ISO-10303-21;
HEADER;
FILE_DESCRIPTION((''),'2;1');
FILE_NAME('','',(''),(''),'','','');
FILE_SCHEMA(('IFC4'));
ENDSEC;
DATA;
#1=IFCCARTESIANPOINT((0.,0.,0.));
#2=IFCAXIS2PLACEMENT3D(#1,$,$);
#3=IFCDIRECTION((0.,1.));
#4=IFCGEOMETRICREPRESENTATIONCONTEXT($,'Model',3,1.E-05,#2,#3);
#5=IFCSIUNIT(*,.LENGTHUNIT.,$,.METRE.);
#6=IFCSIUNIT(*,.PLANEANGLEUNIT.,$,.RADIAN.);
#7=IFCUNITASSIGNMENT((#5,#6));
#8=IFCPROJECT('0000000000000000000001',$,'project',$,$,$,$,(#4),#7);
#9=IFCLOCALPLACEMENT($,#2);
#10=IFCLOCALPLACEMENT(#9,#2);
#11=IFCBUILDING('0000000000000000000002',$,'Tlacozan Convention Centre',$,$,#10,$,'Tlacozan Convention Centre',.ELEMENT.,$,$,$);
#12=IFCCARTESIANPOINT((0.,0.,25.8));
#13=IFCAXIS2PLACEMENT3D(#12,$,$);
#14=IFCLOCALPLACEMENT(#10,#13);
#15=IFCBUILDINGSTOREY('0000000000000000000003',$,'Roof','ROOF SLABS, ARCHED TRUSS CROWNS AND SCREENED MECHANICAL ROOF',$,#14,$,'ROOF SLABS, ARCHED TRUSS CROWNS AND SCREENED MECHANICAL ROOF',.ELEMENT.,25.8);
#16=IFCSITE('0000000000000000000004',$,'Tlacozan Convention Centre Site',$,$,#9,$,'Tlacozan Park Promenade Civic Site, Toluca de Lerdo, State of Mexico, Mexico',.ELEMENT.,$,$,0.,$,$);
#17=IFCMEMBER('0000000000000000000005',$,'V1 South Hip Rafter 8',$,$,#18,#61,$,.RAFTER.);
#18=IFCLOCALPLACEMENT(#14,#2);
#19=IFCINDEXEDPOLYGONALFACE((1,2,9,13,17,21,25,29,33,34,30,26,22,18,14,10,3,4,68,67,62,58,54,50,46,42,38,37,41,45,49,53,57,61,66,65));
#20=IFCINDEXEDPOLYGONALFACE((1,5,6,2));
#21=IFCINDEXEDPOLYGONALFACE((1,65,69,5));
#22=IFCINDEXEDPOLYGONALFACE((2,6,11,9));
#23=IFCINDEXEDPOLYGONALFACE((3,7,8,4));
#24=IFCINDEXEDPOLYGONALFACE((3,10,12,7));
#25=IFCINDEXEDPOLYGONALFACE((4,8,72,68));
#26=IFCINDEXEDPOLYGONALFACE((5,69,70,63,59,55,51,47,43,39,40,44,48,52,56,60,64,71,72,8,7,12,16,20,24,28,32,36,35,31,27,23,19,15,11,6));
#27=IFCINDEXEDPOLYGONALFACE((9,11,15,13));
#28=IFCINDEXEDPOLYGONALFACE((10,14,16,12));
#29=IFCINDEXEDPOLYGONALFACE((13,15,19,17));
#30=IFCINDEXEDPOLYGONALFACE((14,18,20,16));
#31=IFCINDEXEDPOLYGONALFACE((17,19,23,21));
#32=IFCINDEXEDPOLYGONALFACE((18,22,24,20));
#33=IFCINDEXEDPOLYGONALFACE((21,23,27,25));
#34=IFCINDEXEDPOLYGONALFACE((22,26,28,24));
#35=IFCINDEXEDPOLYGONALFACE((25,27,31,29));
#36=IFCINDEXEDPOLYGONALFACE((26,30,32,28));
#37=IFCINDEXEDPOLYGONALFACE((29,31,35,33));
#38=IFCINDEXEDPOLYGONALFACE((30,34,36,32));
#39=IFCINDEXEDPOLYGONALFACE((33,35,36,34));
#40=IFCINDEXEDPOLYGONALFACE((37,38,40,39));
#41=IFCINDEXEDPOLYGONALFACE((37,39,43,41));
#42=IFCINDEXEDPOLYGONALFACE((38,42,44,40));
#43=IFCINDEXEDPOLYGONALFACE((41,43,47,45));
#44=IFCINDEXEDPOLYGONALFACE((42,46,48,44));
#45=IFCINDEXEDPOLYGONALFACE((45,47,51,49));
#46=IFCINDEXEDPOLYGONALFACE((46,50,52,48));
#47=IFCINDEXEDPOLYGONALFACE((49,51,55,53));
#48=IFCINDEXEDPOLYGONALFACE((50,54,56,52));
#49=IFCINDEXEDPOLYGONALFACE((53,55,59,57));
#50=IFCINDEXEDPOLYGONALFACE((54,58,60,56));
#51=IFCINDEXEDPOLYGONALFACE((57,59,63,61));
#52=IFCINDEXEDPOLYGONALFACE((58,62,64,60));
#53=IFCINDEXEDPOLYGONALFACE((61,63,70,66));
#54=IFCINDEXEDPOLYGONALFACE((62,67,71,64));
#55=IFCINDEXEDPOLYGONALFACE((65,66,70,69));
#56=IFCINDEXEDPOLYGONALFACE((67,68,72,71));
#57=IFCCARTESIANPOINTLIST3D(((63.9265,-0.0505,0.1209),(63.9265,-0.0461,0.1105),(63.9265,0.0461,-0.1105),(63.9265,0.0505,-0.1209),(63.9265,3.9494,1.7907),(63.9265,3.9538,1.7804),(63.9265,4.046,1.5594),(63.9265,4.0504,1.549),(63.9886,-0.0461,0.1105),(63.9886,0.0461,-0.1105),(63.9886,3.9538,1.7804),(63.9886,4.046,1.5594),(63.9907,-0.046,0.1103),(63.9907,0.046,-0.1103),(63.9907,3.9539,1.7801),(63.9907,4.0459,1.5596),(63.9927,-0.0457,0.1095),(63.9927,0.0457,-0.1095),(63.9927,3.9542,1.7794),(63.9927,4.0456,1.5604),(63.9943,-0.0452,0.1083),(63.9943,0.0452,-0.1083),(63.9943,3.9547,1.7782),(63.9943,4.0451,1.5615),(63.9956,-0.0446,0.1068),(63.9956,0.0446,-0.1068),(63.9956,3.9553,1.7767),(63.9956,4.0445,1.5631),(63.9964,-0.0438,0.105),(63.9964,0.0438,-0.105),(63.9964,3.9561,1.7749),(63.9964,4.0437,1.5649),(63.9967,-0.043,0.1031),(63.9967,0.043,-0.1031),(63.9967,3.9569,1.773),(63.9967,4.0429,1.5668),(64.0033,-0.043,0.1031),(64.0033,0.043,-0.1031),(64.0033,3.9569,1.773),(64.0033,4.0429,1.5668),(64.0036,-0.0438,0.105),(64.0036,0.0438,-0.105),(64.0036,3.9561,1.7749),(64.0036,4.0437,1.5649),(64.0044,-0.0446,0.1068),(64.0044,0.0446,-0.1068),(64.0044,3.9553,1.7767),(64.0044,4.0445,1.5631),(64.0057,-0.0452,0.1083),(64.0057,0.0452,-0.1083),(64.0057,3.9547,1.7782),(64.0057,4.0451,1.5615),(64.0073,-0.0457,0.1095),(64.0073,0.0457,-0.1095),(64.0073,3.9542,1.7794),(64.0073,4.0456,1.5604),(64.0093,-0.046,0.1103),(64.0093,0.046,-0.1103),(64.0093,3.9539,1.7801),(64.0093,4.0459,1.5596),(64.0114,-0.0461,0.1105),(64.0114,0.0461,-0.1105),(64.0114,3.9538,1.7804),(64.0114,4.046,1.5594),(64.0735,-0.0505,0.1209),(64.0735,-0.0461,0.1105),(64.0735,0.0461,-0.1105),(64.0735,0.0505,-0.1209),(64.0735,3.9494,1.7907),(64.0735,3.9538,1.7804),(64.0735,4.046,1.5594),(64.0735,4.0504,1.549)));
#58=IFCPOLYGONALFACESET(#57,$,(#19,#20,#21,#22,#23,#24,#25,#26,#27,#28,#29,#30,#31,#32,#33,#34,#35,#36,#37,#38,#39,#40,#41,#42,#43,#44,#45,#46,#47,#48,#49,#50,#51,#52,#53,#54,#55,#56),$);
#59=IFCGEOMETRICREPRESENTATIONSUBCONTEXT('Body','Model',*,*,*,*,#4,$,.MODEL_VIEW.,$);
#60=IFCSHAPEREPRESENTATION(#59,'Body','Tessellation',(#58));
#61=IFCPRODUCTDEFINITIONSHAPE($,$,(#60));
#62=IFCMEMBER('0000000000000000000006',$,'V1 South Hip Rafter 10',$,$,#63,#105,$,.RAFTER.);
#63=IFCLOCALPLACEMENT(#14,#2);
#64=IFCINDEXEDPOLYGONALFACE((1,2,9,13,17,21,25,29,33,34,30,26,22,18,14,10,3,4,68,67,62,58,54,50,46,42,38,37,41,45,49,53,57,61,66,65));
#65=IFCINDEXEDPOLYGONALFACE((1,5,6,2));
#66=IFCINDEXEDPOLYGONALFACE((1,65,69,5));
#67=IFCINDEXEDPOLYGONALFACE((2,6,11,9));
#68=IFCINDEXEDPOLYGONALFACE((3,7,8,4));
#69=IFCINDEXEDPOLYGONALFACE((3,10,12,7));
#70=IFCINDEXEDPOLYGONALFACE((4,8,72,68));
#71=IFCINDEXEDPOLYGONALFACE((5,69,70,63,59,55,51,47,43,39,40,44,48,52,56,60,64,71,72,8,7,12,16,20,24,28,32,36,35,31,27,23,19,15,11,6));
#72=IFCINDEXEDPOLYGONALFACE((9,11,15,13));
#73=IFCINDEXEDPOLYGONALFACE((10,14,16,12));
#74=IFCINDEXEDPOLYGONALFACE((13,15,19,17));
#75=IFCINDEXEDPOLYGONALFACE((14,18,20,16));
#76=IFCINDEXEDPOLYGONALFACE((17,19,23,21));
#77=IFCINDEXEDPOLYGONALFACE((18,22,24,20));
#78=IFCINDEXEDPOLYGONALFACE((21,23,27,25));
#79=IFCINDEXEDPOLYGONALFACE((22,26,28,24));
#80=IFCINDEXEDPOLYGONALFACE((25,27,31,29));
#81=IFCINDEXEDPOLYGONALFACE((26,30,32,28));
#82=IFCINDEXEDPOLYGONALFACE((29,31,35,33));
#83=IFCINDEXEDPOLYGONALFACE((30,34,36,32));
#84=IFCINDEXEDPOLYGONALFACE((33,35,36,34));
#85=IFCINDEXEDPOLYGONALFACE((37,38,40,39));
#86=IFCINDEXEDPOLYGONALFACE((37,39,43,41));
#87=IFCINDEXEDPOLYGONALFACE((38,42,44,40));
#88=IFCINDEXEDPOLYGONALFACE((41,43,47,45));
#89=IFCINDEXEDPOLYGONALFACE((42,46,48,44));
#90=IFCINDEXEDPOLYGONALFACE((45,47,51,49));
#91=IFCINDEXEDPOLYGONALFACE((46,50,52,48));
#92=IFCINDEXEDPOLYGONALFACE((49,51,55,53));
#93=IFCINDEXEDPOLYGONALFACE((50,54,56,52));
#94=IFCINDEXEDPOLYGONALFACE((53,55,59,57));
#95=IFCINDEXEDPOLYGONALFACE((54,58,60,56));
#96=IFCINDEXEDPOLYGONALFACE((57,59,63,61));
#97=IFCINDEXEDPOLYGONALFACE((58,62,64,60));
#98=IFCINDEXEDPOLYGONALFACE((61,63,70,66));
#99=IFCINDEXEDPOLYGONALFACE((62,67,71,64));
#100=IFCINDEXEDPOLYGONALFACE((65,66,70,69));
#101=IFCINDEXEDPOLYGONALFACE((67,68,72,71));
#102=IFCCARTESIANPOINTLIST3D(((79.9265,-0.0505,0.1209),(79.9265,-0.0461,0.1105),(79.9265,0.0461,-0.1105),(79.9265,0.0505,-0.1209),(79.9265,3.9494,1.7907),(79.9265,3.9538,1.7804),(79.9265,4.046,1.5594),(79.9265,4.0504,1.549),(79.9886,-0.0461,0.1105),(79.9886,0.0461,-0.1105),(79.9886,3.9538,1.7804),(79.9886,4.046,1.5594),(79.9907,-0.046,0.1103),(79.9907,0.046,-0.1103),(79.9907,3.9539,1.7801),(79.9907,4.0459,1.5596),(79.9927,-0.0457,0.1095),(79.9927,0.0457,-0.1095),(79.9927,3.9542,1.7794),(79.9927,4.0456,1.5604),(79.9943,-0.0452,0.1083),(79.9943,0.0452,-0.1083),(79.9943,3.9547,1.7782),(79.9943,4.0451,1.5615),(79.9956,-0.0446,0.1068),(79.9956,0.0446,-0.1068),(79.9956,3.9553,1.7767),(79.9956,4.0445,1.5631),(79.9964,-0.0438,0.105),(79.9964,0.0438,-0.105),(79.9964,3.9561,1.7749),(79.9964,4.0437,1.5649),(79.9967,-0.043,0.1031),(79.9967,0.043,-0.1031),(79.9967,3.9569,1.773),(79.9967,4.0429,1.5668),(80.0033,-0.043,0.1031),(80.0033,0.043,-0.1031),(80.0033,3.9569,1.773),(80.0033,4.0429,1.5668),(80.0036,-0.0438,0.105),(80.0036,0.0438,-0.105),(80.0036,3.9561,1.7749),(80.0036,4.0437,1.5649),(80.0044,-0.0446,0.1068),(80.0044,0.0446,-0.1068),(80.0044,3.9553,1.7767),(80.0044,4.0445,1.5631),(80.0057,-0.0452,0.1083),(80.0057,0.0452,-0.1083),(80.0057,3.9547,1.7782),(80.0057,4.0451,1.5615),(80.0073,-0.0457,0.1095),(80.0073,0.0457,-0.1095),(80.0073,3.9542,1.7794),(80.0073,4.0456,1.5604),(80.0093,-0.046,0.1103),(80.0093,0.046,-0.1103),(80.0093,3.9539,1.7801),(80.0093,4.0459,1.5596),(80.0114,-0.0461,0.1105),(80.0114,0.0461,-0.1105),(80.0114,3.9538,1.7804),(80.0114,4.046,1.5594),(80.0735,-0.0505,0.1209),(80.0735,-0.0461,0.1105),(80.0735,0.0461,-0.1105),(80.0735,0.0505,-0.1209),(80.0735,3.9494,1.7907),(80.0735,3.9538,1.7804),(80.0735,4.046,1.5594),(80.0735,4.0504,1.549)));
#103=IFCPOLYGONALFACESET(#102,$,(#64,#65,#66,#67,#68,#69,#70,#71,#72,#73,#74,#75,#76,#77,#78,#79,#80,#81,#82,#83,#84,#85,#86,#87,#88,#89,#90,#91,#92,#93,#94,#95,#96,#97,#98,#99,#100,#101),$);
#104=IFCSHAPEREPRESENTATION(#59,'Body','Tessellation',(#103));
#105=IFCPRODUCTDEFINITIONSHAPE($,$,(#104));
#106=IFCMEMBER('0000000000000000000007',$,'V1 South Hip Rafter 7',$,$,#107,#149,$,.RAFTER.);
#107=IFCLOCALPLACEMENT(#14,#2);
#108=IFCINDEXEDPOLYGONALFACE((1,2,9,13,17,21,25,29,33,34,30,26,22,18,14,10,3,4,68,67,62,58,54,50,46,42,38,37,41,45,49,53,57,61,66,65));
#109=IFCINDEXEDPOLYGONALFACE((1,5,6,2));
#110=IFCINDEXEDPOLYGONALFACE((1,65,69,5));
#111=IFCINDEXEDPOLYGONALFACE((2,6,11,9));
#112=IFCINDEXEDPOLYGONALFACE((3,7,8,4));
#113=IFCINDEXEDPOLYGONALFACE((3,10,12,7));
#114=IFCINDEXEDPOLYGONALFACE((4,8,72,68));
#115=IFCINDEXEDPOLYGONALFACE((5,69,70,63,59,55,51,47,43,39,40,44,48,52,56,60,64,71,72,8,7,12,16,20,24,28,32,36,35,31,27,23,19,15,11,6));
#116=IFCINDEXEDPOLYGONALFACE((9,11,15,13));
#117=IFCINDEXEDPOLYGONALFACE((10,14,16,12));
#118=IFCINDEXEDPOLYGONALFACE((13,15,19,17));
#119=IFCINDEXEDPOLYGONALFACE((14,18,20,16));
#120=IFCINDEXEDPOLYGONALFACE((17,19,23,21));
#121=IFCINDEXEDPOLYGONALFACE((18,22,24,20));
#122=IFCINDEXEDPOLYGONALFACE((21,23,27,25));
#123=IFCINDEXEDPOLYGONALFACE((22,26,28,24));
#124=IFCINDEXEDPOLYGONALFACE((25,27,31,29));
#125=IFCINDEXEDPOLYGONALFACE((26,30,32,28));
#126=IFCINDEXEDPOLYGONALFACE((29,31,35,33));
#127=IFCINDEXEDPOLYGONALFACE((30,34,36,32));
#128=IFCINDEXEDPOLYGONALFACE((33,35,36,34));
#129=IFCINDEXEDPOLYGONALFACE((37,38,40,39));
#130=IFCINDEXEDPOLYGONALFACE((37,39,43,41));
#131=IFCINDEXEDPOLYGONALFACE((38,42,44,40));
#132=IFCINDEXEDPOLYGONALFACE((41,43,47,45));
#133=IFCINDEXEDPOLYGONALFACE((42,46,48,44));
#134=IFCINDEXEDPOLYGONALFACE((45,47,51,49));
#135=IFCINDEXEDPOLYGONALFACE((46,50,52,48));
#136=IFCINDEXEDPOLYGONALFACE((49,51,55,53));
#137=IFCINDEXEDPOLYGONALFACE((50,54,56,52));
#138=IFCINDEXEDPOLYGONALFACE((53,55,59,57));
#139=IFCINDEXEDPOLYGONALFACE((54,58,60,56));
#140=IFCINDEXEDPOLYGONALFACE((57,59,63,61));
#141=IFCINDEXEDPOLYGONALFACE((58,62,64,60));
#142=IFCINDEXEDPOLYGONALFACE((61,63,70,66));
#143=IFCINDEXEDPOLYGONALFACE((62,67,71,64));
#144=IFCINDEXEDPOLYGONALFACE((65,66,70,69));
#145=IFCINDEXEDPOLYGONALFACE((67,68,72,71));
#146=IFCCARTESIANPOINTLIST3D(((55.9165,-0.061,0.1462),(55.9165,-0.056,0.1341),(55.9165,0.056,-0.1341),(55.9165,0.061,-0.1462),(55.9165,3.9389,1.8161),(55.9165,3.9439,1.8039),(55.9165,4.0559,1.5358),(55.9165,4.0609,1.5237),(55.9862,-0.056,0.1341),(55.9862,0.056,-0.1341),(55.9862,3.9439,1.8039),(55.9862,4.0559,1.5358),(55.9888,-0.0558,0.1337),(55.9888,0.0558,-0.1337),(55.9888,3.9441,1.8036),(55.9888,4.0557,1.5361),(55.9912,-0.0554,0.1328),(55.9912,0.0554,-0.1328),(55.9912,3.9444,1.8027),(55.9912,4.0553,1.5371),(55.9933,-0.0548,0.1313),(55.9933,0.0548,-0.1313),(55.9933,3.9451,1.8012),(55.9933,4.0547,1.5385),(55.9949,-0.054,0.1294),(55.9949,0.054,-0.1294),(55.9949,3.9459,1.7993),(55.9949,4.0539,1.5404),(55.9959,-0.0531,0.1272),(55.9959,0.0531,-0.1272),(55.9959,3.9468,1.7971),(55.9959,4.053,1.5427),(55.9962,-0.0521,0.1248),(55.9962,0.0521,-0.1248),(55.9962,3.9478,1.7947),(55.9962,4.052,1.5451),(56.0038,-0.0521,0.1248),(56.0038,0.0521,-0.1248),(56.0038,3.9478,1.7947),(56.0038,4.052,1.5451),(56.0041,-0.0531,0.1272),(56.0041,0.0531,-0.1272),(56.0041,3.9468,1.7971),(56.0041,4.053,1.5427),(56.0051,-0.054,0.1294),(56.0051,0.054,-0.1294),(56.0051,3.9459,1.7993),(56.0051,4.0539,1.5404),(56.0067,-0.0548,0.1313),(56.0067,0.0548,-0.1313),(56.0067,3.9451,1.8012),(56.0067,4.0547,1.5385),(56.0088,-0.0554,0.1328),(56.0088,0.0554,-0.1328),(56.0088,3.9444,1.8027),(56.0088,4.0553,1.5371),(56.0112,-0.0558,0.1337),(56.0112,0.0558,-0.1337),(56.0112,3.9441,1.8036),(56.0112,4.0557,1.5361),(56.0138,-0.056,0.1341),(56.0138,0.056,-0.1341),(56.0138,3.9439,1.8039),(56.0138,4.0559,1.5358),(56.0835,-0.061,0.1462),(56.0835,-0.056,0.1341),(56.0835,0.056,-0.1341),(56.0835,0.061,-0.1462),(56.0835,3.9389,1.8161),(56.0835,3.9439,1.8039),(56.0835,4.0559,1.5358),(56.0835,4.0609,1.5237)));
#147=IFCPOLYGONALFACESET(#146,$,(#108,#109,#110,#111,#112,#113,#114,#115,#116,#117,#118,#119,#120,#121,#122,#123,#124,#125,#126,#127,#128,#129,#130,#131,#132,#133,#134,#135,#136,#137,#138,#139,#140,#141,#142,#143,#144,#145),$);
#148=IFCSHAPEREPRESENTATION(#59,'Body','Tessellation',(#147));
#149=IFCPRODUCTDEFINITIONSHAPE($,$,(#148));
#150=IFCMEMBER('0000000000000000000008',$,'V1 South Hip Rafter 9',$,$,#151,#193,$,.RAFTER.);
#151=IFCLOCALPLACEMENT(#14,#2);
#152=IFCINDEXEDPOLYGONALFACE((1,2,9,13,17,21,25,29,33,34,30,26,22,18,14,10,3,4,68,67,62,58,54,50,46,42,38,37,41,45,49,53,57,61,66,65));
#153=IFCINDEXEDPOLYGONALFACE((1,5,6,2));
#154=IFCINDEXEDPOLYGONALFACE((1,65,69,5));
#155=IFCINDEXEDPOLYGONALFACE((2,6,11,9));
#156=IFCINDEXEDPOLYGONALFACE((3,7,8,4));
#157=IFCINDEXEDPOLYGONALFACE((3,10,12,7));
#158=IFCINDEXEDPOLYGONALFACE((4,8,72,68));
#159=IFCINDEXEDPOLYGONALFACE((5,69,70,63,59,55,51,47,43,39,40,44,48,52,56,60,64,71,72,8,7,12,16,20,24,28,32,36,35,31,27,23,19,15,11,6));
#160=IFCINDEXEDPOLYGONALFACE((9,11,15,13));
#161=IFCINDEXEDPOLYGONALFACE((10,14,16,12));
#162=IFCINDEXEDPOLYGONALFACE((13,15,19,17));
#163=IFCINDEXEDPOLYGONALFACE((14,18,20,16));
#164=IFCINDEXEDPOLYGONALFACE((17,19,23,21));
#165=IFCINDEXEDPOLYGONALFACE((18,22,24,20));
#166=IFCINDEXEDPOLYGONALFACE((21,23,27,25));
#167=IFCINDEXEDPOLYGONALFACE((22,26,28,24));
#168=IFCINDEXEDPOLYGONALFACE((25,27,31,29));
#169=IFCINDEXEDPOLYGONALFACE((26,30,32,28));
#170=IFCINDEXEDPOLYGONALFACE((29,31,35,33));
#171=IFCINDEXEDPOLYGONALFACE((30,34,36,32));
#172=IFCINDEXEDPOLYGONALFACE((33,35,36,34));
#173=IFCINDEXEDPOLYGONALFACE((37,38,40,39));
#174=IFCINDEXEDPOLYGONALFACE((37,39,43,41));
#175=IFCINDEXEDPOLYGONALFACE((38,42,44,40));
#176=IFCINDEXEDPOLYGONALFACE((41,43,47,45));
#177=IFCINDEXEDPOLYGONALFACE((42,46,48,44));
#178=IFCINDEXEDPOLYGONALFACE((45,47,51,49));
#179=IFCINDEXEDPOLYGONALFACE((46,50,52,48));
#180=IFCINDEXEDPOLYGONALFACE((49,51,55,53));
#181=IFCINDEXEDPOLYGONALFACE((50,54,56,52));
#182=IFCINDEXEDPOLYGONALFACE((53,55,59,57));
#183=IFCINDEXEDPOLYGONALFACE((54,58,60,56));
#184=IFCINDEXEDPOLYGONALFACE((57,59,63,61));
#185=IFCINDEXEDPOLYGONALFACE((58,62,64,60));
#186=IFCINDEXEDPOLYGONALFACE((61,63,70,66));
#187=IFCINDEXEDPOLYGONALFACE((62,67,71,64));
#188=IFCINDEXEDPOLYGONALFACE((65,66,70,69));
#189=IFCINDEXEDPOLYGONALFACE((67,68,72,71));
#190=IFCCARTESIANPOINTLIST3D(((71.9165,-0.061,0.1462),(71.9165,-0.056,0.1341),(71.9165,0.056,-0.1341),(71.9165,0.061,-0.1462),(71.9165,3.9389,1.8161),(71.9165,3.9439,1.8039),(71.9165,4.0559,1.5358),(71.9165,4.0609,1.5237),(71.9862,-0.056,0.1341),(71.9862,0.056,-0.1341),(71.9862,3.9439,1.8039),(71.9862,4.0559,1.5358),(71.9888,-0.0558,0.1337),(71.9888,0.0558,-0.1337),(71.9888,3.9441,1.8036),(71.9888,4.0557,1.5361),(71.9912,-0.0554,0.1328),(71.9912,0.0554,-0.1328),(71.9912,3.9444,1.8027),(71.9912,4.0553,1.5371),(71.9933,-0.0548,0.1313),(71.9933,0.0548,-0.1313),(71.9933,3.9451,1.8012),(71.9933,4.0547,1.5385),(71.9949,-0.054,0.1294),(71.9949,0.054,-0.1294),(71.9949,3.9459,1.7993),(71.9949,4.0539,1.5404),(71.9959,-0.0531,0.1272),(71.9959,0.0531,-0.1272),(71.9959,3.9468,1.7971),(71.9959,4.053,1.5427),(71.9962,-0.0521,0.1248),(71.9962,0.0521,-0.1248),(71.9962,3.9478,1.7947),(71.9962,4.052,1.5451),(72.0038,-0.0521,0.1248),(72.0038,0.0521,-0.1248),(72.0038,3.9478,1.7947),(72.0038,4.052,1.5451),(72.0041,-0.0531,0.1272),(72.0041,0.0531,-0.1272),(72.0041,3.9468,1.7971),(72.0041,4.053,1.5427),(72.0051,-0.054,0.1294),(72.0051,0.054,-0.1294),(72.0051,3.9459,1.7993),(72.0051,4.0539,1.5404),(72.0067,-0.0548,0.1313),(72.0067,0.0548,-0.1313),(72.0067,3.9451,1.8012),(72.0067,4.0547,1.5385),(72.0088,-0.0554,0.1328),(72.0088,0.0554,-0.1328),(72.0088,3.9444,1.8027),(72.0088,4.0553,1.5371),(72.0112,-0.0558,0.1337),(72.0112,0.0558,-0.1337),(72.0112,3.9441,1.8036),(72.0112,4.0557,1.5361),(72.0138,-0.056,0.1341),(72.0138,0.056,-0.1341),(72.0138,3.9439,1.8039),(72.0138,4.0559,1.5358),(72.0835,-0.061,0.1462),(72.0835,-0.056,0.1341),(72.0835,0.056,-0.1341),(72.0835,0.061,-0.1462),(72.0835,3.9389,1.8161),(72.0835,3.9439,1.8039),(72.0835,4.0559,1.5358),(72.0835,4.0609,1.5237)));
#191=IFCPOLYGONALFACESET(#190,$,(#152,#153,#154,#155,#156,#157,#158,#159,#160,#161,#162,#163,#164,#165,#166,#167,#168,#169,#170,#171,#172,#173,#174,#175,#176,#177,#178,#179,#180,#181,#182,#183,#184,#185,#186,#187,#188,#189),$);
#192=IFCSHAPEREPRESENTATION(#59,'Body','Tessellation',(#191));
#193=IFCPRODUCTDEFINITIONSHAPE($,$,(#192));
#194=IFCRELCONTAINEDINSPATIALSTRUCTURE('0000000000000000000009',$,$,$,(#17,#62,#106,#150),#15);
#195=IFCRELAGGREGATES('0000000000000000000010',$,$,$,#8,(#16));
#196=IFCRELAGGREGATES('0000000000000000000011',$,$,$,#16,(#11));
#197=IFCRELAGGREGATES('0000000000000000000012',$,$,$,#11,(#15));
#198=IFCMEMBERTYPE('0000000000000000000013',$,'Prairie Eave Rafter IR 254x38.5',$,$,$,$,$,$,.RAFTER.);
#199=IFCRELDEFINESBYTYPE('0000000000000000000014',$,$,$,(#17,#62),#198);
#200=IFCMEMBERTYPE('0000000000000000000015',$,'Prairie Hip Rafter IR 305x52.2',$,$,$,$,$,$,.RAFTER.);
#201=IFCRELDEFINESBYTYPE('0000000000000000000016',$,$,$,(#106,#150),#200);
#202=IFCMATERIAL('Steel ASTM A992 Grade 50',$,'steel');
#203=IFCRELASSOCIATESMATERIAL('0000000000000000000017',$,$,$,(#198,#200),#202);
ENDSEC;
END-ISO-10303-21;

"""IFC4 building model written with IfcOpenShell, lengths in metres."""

from ifc_helpers import new_model, si_unit, direction, frame, origin, origin_2d, place, context, subcontext, project, spatial, i_section, extrude, material, material_profile, profile_set, type_object, element, save


model = new_model("IFC4")

# Units and contexts
model_context = context("Model", 3, precision=1e-05, world=origin(), true_north=direction((0.0, 1.0)))
body_context = subcontext(model_context, "Body", "Model", "MODEL_VIEW")
ifc_project = project(units=[si_unit("LENGTHUNIT", "METRE"), si_unit("PLANEANGLEUNIT", "RADIAN")], contexts=[model_context])

# Site, building, storey
site_placement = place(None, origin())
site = spatial("IfcSite", under=ifc_project, at=site_placement, Name="Tlacozan Convention Centre Site", LongName="Tlacozan Park Promenade Civic Site, Toluca de Lerdo, State of Mexico, Mexico", CompositionType="ELEMENT", RefElevation=0.0)
building_placement = place(site_placement, origin())
building = spatial("IfcBuilding", under=site, at=building_placement, Name="Tlacozan Convention Centre", LongName="Tlacozan Convention Centre", CompositionType="ELEMENT")
storey_placement = place(building_placement, frame((0.0, 0.0, 25.8)))
storey = spatial("IfcBuildingStorey", under=building, at=storey_placement, Name="Roof", Description="ROOF SLABS, ARCHED TRUSS CROWNS AND SCREENED MECHANICAL ROOF", LongName="ROOF SLABS, ARCHED TRUSS CROWNS AND SCREENED MECHANICAL ROOF", CompositionType="ELEMENT", Elevation=25.8)

# Members
ifc_material_1 = material(Name="Steel ASTM A992 Grade 50", Category="steel")
ifc_material_profile_1 = material_profile(ifc_material_1, i_section(OverallWidth=0.147, OverallDepth=0.262, WebThickness=0.0066, FlangeThickness=0.0112, FilletRadius=0.0081, at=origin_2d()), Name="IR 254x38.5")
ifc_profile_set_1 = profile_set([ifc_material_profile_1], Name="Steel ASTM A992 Grade 50")
member_type_1 = type_object("IfcMemberType", Name="Prairie Eave Rafter IR 254x38.5", PredefinedType="RAFTER", material=ifc_profile_set_1)
for number, where, z_axis, x_axis, name in (
    (1, (64.0, 0.0, 0.0), (0.0, 0.92281, 0.385255), (-1.0, 0.0, 0.0), "V1 South Hip Rafter 8"),
    (2, (80.0, 0.0, 0.0), (0.0, 0.92281, 0.385255), (-1.0, 0.0, 0.0), "V1 South Hip Rafter 10"),
):
    element("IfcMember", number, at=place(storey_placement, frame(where, z_axis=z_axis, x_axis=x_axis)), inside=storey, type_object=member_type_1, Name=name, PredefinedType="RAFTER", context=body_context, shape_type="SweptSolid", body=[
        extrude(i_section(OverallWidth=0.147, OverallDepth=0.262, WebThickness=0.0066, FlangeThickness=0.0112, FilletRadius=0.0081, at=origin_2d()), origin(), (0.0, 0.0, 1.0), 4.3345),
    ])
ifc_material_profile_2 = material_profile(ifc_material_1, i_section(OverallWidth=0.167, OverallDepth=0.3169, WebThickness=0.0076, FlangeThickness=0.0132, FilletRadius=0.01, at=origin_2d()), Name="IR 305x52.2")
ifc_profile_set_2 = profile_set([ifc_material_profile_2], Name="Steel ASTM A992 Grade 50")
member_type_2 = type_object("IfcMemberType", Name="Prairie Hip Rafter IR 305x52.2", PredefinedType="RAFTER", material=ifc_profile_set_2)
for number, where, z_axis, x_axis, name in (
    (3, (56.0, 0.0, 0.0), (0.0, 0.92281, 0.385255), (-1.0, 0.0, 0.0), "V1 South Hip Rafter 7"),
    (4, (72.0, 0.0, 0.0), (0.0, 0.92281, 0.385255), (-1.0, 0.0, 0.0), "V1 South Hip Rafter 9"),
):
    element("IfcMember", number, at=place(storey_placement, frame(where, z_axis=z_axis, x_axis=x_axis)), inside=storey, type_object=member_type_2, Name=name, PredefinedType="RAFTER", context=body_context, shape_type="SweptSolid", body=[
        extrude(i_section(OverallWidth=0.167, OverallDepth=0.3169, WebThickness=0.0076, FlangeThickness=0.0132, FilletRadius=0.01, at=origin_2d()), origin(), (0.0, 0.0, 1.0), 4.3345),
    ])

save(model, "model.ifc")
